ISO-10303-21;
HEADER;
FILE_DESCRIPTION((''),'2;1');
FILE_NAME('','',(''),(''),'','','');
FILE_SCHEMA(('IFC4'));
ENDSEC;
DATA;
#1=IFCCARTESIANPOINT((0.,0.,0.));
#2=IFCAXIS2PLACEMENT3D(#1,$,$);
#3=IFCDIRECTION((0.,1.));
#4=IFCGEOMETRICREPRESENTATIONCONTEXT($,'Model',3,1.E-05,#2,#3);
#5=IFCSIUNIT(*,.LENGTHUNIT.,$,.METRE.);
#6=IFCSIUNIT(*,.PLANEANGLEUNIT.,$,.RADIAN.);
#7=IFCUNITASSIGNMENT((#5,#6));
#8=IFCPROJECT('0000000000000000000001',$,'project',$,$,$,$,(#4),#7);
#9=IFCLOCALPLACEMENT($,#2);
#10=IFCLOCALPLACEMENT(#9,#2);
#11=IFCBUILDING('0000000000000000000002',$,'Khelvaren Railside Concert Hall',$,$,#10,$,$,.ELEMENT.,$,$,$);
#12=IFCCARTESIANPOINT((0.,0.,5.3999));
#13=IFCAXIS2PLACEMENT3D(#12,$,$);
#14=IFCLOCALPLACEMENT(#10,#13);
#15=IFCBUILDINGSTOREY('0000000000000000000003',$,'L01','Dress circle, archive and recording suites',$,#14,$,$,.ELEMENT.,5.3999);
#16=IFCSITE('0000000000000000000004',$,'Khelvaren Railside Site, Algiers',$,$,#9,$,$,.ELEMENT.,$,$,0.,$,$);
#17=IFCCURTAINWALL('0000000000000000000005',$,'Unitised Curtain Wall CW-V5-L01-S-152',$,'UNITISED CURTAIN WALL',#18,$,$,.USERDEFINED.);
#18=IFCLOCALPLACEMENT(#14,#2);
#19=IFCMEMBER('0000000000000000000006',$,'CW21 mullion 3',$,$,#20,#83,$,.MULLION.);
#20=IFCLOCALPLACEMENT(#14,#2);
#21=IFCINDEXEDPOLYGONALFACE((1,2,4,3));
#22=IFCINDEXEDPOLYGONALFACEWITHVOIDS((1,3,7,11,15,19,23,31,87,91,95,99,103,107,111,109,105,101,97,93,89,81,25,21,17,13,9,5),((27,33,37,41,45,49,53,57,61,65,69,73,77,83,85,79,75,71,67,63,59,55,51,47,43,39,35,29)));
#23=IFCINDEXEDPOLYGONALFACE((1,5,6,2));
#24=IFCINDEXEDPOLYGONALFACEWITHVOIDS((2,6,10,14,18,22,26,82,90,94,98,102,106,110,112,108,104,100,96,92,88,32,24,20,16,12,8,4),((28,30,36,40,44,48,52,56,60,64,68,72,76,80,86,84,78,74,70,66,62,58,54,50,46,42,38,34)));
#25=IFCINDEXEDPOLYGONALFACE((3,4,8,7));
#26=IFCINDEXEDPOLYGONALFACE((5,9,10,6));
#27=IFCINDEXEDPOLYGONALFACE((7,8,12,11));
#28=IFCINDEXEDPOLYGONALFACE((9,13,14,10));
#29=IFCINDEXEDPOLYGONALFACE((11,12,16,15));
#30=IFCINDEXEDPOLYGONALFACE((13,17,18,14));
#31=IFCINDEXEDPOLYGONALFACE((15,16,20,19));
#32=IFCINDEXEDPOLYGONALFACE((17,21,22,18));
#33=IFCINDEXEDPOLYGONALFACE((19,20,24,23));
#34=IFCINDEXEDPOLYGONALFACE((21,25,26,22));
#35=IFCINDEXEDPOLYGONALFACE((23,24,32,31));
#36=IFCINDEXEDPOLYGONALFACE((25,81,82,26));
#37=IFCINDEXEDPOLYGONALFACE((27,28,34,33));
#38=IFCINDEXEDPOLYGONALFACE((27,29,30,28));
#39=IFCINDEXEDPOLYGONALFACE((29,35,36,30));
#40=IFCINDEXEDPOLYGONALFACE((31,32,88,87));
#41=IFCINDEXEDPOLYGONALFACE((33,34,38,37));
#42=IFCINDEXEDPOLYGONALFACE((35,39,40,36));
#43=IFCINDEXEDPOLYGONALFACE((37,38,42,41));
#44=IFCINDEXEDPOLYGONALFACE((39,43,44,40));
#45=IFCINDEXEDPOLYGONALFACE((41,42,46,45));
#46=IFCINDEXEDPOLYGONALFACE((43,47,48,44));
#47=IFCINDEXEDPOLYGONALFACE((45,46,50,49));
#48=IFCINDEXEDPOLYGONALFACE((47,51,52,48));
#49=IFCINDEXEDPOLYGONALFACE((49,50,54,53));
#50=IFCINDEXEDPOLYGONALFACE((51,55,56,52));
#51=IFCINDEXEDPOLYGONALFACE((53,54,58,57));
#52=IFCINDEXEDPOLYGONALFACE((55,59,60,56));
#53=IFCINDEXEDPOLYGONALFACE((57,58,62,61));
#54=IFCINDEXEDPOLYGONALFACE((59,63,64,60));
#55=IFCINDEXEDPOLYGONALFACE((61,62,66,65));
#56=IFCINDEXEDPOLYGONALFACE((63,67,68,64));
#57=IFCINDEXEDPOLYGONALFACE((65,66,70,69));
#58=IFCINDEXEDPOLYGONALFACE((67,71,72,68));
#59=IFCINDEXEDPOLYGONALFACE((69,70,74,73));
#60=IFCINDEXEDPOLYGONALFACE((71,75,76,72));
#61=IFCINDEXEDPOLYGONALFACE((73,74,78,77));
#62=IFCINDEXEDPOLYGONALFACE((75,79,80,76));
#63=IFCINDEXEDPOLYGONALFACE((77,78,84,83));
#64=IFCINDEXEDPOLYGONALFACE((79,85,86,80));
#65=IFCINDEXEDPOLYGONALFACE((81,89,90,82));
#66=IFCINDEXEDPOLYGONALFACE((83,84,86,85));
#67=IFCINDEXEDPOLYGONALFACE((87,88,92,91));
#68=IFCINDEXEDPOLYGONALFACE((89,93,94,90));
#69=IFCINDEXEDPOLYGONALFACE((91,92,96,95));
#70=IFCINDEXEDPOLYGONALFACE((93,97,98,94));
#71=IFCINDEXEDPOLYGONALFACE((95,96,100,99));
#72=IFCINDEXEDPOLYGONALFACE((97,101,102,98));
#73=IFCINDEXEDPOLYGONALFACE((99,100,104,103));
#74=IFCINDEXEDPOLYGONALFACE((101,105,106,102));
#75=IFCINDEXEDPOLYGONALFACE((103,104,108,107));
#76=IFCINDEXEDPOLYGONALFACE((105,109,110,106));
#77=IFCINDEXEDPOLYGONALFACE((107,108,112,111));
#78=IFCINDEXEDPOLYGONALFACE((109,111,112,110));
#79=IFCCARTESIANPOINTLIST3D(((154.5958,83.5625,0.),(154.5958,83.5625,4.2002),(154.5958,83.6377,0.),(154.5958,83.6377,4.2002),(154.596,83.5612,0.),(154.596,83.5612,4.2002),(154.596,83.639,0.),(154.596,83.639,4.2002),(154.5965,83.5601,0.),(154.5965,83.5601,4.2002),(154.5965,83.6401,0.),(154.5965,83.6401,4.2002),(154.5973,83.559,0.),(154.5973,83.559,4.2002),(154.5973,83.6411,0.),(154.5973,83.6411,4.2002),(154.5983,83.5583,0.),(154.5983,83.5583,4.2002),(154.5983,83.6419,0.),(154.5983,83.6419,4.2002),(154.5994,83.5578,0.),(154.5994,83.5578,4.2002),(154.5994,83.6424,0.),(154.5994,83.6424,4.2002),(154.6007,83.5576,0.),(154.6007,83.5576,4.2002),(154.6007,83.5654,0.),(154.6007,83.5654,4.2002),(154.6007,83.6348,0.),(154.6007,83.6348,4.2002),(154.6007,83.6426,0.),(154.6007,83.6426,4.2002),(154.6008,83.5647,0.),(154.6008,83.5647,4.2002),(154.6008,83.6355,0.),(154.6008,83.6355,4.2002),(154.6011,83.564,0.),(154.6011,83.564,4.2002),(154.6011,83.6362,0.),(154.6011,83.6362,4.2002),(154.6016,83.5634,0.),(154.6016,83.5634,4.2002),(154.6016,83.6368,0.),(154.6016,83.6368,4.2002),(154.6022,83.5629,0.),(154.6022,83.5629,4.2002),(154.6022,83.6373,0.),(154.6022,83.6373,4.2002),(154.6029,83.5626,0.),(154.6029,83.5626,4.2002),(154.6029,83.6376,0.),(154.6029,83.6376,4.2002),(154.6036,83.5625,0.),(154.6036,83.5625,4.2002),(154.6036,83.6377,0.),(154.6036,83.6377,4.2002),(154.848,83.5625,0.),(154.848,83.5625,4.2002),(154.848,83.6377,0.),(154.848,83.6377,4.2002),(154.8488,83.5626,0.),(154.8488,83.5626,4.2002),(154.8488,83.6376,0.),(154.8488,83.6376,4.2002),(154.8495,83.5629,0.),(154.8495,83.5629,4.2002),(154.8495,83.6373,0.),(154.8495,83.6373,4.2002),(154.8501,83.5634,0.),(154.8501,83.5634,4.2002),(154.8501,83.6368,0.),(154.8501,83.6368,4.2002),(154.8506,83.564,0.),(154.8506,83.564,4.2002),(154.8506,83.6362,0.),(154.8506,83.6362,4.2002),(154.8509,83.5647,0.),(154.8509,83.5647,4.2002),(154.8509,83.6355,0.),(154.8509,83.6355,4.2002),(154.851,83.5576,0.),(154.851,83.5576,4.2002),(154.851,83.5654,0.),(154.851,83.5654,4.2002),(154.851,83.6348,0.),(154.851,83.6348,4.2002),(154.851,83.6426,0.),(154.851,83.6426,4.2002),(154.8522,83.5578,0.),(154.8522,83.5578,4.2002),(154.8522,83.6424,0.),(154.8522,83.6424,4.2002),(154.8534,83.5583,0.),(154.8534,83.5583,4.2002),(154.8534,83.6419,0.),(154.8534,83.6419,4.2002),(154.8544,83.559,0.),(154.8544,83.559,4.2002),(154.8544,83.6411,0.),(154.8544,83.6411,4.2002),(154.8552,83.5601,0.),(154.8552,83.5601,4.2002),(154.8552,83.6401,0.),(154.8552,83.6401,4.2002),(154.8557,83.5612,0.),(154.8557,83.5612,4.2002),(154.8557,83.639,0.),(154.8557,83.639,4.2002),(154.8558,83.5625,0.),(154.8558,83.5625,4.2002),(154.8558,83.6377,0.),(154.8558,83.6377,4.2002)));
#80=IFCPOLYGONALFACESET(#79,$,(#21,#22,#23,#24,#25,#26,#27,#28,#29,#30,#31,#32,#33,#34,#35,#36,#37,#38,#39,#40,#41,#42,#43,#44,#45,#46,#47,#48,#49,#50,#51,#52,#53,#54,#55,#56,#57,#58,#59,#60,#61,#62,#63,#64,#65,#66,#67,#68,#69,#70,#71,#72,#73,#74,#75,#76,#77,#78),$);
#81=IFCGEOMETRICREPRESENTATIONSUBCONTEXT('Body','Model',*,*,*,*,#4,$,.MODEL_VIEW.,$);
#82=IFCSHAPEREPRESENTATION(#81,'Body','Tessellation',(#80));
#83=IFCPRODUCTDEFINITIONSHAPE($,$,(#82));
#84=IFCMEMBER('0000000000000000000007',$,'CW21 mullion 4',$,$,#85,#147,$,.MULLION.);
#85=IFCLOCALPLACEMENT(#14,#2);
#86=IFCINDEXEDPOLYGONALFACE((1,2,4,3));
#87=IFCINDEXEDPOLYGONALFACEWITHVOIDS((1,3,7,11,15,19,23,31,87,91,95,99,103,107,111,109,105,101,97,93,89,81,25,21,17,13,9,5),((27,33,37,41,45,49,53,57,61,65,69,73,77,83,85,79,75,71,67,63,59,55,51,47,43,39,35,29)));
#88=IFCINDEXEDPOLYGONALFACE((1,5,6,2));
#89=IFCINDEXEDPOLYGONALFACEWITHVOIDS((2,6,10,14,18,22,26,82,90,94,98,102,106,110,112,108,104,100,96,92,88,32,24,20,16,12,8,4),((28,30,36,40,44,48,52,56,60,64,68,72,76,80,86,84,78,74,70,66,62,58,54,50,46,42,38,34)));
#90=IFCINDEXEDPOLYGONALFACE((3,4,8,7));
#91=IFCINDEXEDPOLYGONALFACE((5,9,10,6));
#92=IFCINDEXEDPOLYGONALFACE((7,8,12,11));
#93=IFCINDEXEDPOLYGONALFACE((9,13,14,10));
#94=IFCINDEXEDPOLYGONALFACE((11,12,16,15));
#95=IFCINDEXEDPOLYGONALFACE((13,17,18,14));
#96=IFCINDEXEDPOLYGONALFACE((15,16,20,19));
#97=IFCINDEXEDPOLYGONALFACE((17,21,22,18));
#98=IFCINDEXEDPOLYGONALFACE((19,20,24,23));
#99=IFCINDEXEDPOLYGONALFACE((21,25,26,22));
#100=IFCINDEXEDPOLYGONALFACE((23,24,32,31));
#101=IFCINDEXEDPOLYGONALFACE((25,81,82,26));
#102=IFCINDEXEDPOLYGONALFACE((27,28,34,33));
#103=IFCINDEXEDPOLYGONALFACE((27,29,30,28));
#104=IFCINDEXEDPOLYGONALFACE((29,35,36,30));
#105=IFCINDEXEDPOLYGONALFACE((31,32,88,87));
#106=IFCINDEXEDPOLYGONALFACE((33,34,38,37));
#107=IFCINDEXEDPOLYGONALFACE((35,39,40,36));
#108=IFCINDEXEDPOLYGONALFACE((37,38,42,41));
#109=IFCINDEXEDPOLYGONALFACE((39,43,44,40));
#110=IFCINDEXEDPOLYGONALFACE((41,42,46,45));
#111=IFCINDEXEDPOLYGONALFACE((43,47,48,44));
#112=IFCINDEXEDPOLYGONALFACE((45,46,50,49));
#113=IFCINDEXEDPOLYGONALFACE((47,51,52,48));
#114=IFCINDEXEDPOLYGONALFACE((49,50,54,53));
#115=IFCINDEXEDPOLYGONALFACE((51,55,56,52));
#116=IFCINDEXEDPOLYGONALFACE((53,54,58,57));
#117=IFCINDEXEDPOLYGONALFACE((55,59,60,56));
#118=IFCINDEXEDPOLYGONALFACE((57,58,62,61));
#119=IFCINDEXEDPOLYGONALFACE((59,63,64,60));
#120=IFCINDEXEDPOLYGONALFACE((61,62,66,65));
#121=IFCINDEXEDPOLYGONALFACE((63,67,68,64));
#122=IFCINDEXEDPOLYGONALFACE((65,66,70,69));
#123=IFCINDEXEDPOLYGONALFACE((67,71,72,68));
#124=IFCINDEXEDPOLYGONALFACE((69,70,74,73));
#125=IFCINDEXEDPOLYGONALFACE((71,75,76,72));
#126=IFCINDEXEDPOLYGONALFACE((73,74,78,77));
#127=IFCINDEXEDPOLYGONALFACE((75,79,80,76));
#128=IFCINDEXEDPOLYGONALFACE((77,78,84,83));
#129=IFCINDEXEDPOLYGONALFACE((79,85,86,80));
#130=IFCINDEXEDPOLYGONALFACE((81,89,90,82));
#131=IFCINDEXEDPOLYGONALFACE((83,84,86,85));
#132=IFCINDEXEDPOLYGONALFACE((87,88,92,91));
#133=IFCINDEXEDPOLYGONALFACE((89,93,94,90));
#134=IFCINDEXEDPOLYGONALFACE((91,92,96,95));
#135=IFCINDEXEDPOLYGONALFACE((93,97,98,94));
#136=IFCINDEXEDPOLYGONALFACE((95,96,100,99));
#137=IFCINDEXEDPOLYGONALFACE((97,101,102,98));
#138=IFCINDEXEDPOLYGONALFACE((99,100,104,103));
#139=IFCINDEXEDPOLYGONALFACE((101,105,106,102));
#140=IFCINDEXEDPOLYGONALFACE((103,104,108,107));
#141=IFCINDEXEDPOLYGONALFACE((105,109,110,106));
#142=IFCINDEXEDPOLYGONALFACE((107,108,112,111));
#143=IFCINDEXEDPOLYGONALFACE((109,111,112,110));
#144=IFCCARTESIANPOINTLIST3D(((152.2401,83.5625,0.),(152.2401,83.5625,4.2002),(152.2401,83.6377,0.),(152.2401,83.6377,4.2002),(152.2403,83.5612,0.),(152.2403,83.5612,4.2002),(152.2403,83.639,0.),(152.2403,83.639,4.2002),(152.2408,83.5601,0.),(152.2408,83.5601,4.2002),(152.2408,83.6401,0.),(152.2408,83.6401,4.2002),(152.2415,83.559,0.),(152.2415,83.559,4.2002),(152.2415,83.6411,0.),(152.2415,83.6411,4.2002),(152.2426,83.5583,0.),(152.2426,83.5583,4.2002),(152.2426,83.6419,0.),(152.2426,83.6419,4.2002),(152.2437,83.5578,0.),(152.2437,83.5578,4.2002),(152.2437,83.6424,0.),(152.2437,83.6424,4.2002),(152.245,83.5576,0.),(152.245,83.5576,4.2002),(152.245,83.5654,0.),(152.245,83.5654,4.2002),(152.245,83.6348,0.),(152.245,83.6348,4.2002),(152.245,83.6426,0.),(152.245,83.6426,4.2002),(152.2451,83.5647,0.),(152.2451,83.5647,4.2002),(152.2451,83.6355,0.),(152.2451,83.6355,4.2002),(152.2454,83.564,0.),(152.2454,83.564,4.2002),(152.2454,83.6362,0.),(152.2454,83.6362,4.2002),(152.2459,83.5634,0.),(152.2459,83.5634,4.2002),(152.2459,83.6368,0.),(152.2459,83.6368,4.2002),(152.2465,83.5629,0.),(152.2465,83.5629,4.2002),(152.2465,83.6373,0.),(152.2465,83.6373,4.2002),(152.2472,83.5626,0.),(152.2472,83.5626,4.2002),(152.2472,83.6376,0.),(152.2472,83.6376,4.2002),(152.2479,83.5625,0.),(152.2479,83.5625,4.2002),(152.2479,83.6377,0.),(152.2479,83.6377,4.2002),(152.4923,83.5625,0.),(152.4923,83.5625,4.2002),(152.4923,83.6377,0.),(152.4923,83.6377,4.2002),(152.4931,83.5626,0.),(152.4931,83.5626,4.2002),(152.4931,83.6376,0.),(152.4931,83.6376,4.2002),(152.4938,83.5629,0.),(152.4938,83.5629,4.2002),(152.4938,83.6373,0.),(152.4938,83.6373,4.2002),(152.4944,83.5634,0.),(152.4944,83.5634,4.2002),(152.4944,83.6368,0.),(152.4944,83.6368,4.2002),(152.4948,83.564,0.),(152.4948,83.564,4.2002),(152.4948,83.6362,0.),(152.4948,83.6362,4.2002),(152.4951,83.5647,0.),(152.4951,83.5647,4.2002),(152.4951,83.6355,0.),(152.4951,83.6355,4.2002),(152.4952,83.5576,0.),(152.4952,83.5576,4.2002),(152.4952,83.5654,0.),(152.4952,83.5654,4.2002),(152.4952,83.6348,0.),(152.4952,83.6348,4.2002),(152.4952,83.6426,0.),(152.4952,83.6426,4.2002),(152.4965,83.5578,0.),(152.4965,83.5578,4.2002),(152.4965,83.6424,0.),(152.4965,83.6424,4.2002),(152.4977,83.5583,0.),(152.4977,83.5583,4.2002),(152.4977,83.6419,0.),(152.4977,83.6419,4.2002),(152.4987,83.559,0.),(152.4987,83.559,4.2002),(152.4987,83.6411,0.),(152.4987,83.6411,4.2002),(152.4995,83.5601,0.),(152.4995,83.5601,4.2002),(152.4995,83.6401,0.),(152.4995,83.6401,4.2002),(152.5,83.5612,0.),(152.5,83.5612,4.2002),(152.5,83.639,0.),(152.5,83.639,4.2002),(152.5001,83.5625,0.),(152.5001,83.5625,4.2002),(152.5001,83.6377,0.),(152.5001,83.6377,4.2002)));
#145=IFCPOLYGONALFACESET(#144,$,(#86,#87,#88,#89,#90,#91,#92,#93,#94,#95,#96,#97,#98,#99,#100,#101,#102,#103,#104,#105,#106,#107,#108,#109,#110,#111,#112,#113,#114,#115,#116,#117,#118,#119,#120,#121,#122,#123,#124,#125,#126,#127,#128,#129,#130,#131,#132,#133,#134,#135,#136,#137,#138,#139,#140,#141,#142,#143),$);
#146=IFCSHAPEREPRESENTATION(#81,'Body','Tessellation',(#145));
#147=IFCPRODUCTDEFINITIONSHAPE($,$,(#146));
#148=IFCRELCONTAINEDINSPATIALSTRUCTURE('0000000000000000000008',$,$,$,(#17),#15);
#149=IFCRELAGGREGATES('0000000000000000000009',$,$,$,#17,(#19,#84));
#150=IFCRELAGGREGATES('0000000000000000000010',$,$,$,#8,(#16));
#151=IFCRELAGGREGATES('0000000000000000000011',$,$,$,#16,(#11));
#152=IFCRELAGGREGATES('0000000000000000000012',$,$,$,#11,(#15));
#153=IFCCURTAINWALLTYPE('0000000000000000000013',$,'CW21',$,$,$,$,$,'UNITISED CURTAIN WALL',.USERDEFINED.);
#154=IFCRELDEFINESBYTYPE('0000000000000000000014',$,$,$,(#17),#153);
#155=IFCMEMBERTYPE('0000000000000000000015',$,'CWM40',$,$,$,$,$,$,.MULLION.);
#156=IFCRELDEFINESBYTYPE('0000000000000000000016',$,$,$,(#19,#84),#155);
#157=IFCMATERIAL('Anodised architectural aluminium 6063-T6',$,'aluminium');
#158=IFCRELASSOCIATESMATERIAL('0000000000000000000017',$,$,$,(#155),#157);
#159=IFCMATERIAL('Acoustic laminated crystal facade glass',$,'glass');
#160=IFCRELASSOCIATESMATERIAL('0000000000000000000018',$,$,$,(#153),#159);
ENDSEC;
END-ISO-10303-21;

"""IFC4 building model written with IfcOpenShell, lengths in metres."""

from ifc_helpers import new_model, si_unit, direction, frame, origin, origin_2d, place, context, subcontext, project, spatial, hollow_rectangle, extrude, material, material_profile, profile_set, type_object, element, aggregate, save


model = new_model("IFC4")

# Units and contexts
model_context = context("Model", 3, precision=1e-05, world=origin(), true_north=direction((0.0, 1.0)))
body_context = subcontext(model_context, "Body", "Model", "MODEL_VIEW")
ifc_project = project(units=[si_unit("LENGTHUNIT", "METRE"), si_unit("PLANEANGLEUNIT", "RADIAN")], contexts=[model_context])

# Site, building, storey
site_placement = place(None, origin())
site = spatial("IfcSite", under=ifc_project, at=site_placement, Name="Khelvaren Railside Site, Algiers", CompositionType="ELEMENT", RefElevation=0.0)
building_placement = place(site_placement, origin())
building = spatial("IfcBuilding", under=site, at=building_placement, Name="Khelvaren Railside Concert Hall", CompositionType="ELEMENT")
storey_placement = place(building_placement, frame((0.0, 0.0, 5.3999)))
storey = spatial("IfcBuildingStorey", under=building, at=storey_placement, Name="L01", Description="Dress circle, archive and recording suites", CompositionType="ELEMENT", Elevation=5.3999)

# Shared definitions
ifc_material_1 = material(Name="Acoustic laminated crystal facade glass", Category="glass")
ifc_material_2 = material(Name="Anodised architectural aluminium 6063-T6", Category="aluminium")
ifc_material_profile_1 = material_profile(ifc_material_2, hollow_rectangle(XDim=0.085, YDim=0.26, WallThickness=0.0049, InnerFilletRadius=0.0029, OuterFilletRadius=0.0049, at=origin_2d()), Name="CWM 85x260x5")
ifc_profile_set_1 = profile_set([ifc_material_profile_1], Name="Anodised architectural aluminium 6063-T6")
member_type_1 = type_object("IfcMemberType", Name="CWM40", PredefinedType="MULLION", material=ifc_profile_set_1)

# Curtain wall, members
curtain_wall_type_1 = type_object("IfcCurtainWallType", Name="CW21", ElementType="UNITISED CURTAIN WALL", PredefinedType="USERDEFINED", material=ifc_material_1)
curtain_wall_1_placement = place(storey_placement, origin())
curtain_wall_1 = element("IfcCurtainWall", 1, at=curtain_wall_1_placement, inside=storey, type_object=curtain_wall_type_1, Name="Unitised Curtain Wall CW-V5-L01-S-152", ObjectType="UNITISED CURTAIN WALL", PredefinedType="USERDEFINED")
member_1_placement = place(storey_placement, frame((154.7258, 83.6001, 0.0), z_axis=(0.0, 0.0, 1.0), x_axis=(0.0, -1.0, 0.0)))
member_1 = element("IfcMember", 2, at=member_1_placement, type_object=member_type_1, Name="CW21 mullion 3", PredefinedType="MULLION", context=body_context, shape_type="SweptSolid", body=[
    extrude(hollow_rectangle(XDim=0.085, YDim=0.26, WallThickness=0.0049, InnerFilletRadius=0.0029, OuterFilletRadius=0.0049, at=origin_2d()), origin(), (0.0, 0.0, 1.0), 4.2002),
])
member_2_placement = place(storey_placement, frame((152.3701, 83.6001, 0.0), z_axis=(0.0, 0.0, 1.0), x_axis=(0.0, -1.0, 0.0)))
member_2 = element("IfcMember", 3, at=member_2_placement, type_object=member_type_1, Name="CW21 mullion 4", PredefinedType="MULLION", context=body_context, shape_type="SweptSolid", body=[
    extrude(hollow_rectangle(XDim=0.085, YDim=0.26, WallThickness=0.0049, InnerFilletRadius=0.0029, OuterFilletRadius=0.0049, at=origin_2d()), origin(), (0.0, 0.0, 1.0), 4.2002),
])

aggregate(curtain_wall_1, [member_1, member_2])

save(model, "model.ifc")
